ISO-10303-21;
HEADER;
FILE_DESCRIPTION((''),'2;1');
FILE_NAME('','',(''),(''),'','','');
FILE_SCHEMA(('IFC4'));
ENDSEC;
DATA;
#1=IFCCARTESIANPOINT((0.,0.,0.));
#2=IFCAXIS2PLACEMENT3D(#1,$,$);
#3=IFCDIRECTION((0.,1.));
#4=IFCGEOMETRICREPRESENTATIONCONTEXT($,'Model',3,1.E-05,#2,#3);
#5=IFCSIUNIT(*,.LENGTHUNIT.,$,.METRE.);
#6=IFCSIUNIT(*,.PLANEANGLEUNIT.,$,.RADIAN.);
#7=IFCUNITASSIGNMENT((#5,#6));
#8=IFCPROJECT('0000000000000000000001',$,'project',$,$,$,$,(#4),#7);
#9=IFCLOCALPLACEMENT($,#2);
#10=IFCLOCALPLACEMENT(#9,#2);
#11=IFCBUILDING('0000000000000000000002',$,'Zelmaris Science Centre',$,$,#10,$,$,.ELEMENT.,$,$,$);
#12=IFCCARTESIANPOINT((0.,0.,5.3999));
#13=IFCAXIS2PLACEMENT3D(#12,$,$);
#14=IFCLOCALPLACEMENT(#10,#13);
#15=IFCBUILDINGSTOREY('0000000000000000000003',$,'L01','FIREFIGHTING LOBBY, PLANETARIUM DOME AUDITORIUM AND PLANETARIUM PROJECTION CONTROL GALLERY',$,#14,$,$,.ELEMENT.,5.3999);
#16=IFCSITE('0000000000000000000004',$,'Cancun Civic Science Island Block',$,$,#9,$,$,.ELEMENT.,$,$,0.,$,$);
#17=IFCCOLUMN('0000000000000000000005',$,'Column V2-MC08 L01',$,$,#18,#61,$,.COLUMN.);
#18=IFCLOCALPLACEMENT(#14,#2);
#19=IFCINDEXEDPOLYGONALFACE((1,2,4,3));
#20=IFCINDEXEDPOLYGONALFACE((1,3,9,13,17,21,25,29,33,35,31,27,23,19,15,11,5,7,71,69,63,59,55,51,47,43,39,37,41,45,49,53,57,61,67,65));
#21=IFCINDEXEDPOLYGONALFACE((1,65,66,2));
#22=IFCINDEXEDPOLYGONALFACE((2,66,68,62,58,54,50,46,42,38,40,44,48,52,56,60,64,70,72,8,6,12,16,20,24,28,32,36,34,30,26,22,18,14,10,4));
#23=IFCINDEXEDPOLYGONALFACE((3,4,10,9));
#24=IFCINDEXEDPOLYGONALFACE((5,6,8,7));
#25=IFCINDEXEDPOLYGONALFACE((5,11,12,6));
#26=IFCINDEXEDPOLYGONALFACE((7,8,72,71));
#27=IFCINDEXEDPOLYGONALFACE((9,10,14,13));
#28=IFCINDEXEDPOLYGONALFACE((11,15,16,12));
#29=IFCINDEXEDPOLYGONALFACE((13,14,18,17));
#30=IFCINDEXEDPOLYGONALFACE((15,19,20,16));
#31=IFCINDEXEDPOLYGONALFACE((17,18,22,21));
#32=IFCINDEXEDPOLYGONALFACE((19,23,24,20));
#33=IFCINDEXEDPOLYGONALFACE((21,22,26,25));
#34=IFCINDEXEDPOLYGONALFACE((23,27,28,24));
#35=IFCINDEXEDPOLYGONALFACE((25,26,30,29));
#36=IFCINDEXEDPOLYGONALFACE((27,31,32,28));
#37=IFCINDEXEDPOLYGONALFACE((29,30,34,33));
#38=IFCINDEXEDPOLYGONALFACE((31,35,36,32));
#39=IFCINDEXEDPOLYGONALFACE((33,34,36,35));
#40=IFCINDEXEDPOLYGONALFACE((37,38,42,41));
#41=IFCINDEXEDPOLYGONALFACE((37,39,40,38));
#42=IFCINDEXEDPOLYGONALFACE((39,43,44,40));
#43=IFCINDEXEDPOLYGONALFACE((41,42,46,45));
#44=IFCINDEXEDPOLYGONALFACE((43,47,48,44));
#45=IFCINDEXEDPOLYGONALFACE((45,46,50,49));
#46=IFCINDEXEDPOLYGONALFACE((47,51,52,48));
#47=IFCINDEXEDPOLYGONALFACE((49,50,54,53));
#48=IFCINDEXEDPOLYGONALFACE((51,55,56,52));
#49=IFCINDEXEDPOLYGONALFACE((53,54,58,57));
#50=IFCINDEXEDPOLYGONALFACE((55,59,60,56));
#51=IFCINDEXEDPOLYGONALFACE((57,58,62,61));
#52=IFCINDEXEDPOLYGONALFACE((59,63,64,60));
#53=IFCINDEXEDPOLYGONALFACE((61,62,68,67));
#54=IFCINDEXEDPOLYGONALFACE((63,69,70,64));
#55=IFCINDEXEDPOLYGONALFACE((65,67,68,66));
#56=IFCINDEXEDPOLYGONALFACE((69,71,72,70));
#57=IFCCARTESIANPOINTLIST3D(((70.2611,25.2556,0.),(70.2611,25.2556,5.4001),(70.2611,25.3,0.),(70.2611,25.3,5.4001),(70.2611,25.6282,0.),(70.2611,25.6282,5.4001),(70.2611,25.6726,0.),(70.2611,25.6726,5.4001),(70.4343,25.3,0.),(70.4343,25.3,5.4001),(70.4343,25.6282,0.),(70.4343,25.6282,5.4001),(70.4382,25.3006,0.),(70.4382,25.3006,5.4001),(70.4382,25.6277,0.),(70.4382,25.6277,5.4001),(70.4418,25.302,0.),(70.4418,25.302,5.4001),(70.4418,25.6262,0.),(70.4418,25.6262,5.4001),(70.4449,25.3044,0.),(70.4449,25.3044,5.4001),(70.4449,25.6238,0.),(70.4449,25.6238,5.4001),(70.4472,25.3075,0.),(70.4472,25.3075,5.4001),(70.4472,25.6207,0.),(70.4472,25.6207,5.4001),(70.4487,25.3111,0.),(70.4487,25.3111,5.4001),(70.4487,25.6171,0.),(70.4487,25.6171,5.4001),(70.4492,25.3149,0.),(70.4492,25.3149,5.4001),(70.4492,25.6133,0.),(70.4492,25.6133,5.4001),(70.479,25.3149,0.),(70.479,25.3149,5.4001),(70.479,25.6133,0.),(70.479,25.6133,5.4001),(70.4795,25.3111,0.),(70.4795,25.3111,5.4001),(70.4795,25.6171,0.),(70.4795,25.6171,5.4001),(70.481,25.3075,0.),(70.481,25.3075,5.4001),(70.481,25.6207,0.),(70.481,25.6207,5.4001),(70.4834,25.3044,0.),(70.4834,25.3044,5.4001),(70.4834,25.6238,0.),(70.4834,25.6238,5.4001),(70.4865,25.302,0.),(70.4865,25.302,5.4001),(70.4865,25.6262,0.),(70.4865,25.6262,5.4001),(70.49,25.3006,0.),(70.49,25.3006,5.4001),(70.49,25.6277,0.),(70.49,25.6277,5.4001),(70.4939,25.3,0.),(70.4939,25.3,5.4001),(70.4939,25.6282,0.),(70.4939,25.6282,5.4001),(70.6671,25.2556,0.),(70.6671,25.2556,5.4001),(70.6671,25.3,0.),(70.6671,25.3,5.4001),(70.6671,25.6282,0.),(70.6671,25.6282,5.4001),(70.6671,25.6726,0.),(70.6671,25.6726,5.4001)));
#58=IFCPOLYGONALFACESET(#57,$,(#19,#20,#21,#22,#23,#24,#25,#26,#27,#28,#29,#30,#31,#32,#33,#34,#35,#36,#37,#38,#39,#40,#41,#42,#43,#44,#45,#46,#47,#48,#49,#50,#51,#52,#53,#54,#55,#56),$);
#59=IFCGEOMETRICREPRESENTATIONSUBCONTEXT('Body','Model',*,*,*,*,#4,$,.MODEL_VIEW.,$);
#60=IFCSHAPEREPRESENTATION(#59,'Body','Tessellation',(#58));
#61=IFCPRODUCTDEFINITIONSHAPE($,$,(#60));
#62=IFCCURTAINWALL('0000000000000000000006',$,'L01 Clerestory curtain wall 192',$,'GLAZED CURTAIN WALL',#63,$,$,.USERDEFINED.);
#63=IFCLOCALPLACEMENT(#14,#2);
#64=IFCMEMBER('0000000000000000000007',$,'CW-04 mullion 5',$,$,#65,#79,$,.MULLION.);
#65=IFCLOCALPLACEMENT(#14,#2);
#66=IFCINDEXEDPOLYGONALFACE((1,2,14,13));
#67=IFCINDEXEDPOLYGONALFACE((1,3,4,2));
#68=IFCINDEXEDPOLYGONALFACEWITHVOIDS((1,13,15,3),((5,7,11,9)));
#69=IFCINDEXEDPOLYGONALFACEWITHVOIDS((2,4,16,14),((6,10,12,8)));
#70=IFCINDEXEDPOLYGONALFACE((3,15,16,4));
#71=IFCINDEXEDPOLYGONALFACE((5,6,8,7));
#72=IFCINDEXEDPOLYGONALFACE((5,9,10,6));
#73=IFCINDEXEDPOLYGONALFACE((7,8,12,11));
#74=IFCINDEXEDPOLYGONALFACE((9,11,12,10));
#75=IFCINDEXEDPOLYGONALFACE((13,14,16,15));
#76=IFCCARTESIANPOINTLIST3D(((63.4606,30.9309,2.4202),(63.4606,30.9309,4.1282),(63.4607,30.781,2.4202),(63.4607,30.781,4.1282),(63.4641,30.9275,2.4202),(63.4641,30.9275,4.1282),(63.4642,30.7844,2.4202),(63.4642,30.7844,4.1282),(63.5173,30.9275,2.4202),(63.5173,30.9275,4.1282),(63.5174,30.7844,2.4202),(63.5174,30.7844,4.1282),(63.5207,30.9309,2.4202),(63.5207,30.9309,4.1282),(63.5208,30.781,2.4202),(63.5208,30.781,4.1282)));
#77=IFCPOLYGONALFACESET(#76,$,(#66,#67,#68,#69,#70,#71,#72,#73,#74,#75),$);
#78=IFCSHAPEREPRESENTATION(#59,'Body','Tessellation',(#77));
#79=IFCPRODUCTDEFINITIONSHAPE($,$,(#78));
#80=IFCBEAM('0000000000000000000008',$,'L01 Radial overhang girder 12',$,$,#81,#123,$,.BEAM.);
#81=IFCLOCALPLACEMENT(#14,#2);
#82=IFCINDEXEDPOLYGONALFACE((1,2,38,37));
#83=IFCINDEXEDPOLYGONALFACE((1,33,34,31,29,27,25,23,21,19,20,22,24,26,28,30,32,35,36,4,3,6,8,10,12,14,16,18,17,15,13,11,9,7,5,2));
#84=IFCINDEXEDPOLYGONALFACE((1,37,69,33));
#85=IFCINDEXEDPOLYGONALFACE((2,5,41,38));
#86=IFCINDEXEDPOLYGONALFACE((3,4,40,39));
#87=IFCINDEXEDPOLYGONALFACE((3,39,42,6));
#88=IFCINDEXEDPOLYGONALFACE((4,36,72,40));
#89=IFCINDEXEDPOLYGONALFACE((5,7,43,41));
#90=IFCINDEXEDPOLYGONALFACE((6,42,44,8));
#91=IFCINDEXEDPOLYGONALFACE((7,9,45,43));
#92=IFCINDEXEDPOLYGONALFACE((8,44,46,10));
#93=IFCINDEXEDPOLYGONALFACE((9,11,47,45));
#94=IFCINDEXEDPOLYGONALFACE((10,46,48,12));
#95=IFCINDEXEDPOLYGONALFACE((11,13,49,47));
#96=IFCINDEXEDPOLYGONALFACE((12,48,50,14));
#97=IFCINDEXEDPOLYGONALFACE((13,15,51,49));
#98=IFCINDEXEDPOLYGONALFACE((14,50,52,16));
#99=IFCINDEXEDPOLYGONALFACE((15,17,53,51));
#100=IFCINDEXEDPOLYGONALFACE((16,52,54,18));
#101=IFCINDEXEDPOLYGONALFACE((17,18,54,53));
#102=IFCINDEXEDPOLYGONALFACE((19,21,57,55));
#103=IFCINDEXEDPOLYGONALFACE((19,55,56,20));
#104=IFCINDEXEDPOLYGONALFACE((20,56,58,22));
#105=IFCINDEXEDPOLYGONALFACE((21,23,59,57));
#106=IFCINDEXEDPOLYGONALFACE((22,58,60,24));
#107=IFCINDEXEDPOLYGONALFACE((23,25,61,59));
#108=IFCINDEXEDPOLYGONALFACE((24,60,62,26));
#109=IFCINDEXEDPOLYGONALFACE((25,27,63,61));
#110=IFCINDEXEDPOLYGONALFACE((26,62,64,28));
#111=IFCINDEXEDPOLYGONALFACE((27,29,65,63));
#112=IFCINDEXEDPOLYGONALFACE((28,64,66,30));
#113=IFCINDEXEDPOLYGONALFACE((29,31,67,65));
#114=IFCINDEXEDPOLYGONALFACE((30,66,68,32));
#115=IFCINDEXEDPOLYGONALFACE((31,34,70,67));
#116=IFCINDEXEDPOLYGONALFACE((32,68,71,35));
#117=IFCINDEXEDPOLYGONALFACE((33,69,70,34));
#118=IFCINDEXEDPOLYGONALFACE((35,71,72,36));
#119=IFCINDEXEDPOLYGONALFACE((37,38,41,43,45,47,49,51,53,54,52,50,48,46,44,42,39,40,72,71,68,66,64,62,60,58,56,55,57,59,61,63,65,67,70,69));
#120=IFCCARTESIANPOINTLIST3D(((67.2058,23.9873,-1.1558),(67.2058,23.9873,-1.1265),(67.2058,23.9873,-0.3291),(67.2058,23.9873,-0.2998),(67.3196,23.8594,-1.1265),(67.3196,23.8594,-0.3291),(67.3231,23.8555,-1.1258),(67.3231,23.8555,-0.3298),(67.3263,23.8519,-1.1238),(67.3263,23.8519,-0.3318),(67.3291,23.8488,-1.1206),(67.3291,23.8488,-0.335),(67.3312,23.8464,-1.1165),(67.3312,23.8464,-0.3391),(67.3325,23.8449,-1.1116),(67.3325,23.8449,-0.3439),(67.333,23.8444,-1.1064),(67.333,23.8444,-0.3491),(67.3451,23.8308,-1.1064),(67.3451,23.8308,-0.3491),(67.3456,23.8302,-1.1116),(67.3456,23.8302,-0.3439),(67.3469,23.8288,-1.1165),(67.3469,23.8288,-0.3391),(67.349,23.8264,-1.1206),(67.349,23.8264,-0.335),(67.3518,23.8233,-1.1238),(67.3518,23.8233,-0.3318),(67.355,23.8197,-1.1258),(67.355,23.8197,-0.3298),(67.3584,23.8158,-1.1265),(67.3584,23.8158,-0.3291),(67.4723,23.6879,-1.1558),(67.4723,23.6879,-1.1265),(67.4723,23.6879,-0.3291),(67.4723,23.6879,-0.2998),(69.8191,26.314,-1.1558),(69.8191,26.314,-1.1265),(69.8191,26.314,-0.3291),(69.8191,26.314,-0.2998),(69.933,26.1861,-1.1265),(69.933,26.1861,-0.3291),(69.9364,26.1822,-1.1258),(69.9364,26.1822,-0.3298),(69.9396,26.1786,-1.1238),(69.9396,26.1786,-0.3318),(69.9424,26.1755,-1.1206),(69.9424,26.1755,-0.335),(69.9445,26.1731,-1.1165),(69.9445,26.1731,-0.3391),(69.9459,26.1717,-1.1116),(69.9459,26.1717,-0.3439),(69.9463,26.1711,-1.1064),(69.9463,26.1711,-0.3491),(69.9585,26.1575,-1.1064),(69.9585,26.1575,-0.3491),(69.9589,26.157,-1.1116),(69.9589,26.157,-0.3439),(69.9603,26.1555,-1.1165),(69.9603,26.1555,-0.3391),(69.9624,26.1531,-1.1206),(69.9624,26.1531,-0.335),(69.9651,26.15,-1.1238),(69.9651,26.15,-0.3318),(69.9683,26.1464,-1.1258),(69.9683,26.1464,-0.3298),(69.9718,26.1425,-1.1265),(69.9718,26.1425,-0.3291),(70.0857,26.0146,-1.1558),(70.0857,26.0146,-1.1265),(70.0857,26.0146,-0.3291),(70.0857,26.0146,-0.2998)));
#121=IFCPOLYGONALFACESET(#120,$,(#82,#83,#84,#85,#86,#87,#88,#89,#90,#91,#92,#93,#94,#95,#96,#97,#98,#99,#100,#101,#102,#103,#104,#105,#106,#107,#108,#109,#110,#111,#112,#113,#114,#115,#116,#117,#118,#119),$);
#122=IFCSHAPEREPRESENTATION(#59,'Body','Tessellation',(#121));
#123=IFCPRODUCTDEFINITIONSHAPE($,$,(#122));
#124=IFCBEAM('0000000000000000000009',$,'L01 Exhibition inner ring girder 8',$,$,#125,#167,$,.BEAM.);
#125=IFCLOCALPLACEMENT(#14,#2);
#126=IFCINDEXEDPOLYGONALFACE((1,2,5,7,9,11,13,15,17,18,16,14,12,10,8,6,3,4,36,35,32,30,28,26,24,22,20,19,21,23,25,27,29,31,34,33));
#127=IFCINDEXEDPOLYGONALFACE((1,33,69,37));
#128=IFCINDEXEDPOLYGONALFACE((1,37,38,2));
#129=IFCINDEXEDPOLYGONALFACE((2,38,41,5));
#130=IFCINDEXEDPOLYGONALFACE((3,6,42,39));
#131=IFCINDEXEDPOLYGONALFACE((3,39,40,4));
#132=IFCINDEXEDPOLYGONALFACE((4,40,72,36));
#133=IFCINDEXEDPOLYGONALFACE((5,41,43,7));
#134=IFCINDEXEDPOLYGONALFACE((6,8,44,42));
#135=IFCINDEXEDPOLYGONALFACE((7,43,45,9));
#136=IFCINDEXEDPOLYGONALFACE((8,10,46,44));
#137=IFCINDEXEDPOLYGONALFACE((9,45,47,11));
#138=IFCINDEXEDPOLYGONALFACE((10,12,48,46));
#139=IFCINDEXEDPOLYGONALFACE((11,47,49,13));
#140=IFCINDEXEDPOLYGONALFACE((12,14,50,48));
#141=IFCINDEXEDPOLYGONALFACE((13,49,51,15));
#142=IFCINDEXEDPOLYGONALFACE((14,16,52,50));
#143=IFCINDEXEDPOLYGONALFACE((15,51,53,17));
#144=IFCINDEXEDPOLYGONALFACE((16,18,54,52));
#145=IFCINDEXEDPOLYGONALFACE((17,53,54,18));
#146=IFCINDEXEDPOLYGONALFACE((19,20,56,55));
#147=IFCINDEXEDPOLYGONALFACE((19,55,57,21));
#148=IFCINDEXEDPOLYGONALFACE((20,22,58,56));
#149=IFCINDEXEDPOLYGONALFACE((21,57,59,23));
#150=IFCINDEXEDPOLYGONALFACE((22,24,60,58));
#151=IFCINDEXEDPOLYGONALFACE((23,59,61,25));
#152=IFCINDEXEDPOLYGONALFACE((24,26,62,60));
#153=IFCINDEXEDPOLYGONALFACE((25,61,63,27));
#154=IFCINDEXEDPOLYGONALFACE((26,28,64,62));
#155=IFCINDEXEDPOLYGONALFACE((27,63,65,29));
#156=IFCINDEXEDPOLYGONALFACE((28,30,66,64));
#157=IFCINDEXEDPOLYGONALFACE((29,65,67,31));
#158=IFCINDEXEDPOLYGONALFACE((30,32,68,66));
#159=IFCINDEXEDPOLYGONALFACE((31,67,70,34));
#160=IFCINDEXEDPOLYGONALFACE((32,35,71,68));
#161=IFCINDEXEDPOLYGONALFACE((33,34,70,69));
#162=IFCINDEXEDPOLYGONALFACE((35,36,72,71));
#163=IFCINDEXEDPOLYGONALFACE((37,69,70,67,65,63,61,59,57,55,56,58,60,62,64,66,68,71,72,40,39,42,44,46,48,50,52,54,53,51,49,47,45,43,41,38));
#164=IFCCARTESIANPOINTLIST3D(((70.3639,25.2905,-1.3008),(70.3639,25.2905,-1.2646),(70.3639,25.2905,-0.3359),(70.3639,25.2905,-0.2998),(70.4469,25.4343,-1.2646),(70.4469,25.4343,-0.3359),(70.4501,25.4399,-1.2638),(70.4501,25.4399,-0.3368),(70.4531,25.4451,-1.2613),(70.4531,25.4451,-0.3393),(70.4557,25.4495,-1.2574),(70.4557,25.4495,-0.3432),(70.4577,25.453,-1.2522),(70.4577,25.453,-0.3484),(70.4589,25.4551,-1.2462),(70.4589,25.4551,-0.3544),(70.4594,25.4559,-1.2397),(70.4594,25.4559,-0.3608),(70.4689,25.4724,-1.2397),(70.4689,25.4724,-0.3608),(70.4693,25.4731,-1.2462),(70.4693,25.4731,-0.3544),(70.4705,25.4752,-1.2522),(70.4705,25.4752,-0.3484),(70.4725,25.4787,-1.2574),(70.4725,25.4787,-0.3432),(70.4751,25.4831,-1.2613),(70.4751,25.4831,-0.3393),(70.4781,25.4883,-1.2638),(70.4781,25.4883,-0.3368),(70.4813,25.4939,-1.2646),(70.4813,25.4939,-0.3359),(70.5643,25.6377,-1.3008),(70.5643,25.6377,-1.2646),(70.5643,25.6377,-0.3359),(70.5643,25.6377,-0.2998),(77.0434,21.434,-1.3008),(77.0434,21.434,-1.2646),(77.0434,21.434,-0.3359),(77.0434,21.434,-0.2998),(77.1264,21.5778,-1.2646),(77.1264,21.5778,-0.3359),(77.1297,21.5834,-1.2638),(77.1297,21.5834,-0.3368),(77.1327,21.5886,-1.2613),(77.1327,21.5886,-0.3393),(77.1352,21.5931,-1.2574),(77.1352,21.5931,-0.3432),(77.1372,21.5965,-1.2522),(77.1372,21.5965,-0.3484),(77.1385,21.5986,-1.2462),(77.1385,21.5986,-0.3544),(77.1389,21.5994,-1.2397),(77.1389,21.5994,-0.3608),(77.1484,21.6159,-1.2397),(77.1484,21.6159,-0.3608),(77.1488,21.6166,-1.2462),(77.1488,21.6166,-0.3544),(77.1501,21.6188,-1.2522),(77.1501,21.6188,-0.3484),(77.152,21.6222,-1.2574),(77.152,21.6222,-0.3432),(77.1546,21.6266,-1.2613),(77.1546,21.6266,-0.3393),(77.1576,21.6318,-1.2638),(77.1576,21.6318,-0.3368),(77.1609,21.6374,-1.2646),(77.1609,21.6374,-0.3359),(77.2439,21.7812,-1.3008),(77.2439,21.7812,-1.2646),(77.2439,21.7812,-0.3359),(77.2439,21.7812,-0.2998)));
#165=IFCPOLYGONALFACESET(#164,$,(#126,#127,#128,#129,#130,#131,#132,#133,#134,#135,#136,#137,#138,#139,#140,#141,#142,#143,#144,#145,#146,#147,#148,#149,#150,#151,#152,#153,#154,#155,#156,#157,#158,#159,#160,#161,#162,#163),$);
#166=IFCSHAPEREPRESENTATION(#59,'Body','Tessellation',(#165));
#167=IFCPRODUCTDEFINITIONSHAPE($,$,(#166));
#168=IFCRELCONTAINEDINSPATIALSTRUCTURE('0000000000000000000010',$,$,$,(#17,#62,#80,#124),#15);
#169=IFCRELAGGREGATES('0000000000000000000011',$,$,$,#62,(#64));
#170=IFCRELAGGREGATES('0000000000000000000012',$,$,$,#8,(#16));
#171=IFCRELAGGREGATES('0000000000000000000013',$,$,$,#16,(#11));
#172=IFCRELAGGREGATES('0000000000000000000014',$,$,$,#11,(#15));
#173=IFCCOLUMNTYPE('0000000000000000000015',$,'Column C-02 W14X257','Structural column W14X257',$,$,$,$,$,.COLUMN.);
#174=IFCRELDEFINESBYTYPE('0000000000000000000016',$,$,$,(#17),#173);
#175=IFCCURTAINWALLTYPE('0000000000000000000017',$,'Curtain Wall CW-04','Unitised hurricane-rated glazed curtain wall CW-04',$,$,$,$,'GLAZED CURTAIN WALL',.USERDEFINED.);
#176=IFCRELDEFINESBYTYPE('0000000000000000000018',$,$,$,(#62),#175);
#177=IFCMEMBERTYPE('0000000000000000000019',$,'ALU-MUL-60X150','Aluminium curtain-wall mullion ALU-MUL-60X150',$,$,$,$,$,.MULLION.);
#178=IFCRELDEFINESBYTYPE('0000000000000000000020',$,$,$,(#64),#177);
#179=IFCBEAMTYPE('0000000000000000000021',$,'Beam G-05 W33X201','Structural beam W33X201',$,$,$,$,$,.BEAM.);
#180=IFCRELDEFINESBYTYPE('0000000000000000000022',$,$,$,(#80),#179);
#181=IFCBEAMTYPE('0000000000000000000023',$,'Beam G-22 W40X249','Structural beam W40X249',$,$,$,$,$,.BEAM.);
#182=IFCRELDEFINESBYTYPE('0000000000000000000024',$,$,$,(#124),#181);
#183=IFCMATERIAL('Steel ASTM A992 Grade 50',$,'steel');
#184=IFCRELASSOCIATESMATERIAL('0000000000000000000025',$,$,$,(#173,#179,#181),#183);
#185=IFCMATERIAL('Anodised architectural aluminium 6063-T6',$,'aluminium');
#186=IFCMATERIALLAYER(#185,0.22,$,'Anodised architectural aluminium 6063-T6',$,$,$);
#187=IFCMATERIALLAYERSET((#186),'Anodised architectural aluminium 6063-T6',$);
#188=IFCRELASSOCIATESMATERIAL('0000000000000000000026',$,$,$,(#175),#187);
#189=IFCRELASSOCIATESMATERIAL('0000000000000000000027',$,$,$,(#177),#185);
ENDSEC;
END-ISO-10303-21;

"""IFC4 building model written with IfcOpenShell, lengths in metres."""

from ifc_helpers import new_model, si_unit, direction, frame, origin, origin_2d, place, context, subcontext, project, spatial, hollow_rectangle, i_section, extrude, material, layer, layer_set, material_profile, profile_set, type_object, element, aggregate, save


model = new_model("IFC4")

# Units and contexts
model_context = context("Model", 3, precision=1e-05, world=origin(), true_north=direction((0.0, 1.0)))
body_context = subcontext(model_context, "Body", "Model", "MODEL_VIEW")
ifc_project = project(units=[si_unit("LENGTHUNIT", "METRE"), si_unit("PLANEANGLEUNIT", "RADIAN")], contexts=[model_context])

# Site, building, storey
site_placement = place(None, origin())
site = spatial("IfcSite", under=ifc_project, at=site_placement, Name="Cancun Civic Science Island Block", CompositionType="ELEMENT", RefElevation=0.0)
building_placement = place(site_placement, origin())
building = spatial("IfcBuilding", under=site, at=building_placement, Name="Zelmaris Science Centre", CompositionType="ELEMENT")
storey_placement = place(building_placement, frame((0.0, 0.0, 5.3999)))
storey = spatial("IfcBuildingStorey", under=building, at=storey_placement, Name="L01", Description="FIREFIGHTING LOBBY, PLANETARIUM DOME AUDITORIUM AND PLANETARIUM PROJECTION CONTROL GALLERY", CompositionType="ELEMENT", Elevation=5.3999)

# Column
ifc_material_1 = material(Name="Steel ASTM A992 Grade 50", Category="steel")
ifc_material_profile_1 = material_profile(ifc_material_1, i_section(OverallWidth=0.406, OverallDepth=0.417, WebThickness=0.0298, FlangeThickness=0.0444, FilletRadius=0.0149, at=origin_2d()), Name="W14X257")
ifc_profile_set_1 = profile_set([ifc_material_profile_1], Name="Steel ASTM A992 Grade 50")
column_type = type_object("IfcColumnType", Name="Column C-02 W14X257", Description="Structural column W14X257", PredefinedType="COLUMN", material=ifc_profile_set_1)
column_placement = place(storey_placement, frame((70.4641, 25.4641, 0.0), z_axis=(0.0, 0.0, 1.0), x_axis=(1.0, 0.0, 0.0)))
element("IfcColumn", 1, at=column_placement, inside=storey, type_object=column_type, Name="Column V2-MC08 L01", PredefinedType="COLUMN", context=body_context, shape_type="SweptSolid", body=[
    extrude(i_section(OverallWidth=0.406, OverallDepth=0.417, WebThickness=0.0298, FlangeThickness=0.0444, FilletRadius=0.0149, at=origin_2d()), origin(), (0.0, 0.0, 1.0), 5.4001),
])

# Curtain wall, member
ifc_material_2 = material(Name="Anodised architectural aluminium 6063-T6", Category="aluminium")
ifc_layer_1 = layer(ifc_material_2, 0.22, Name="Anodised architectural aluminium 6063-T6")
ifc_layer_set_1 = layer_set([ifc_layer_1], Name="Anodised architectural aluminium 6063-T6")
curtain_wall_type = type_object("IfcCurtainWallType", Name="Curtain Wall CW-04", Description="Unitised hurricane-rated glazed curtain wall CW-04", ElementType="GLAZED CURTAIN WALL", PredefinedType="USERDEFINED", material=ifc_layer_set_1)
curtain_wall_placement = place(storey_placement, origin())
curtain_wall = element("IfcCurtainWall", 2, at=curtain_wall_placement, inside=storey, type_object=curtain_wall_type, Name="L01 Clerestory curtain wall 192", ObjectType="GLAZED CURTAIN WALL", PredefinedType="USERDEFINED")
ifc_material_profile_2 = material_profile(ifc_material_2, hollow_rectangle(XDim=0.0601, YDim=0.1499, WallThickness=0.0034, at=origin_2d()), Name="ALU-MUL-60X150")
ifc_profile_set_2 = profile_set([ifc_material_profile_2], Name="Anodised architectural aluminium 6063-T6")
member_type = type_object("IfcMemberType", Name="ALU-MUL-60X150", Description="Aluminium curtain-wall mullion ALU-MUL-60X150", PredefinedType="MULLION", material=ifc_profile_set_2)
member_placement = place(storey_placement, frame((63.4907, 30.856, 2.4202), z_axis=(0.0, 0.0, 1.0), x_axis=(1.0, 0.000621, 0.0)))
member = element("IfcMember", 3, at=member_placement, type_object=member_type, Name="CW-04 mullion 5", PredefinedType="MULLION", context=body_context, shape_type="SweptSolid", body=[
    extrude(hollow_rectangle(XDim=0.0601, YDim=0.1499, WallThickness=0.0034, at=origin_2d()), origin(), (0.0, 0.0, 1.0), 1.708),
])

# Beams
ifc_material_profile_3 = material_profile(ifc_material_1, i_section(OverallWidth=0.4009, OverallDepth=0.856, WebThickness=0.0183, FlangeThickness=0.0293, FilletRadius=0.02, at=origin_2d()), Name="W33X201")
ifc_profile_set_3 = profile_set([ifc_material_profile_3], Name="Steel ASTM A992 Grade 50")
beam_type_1 = type_object("IfcBeamType", Name="Beam G-05 W33X201", Description="Structural beam W33X201", PredefinedType="BEAM", material=ifc_profile_set_3)
beam_1_placement = place(storey_placement, frame((69.9524, 26.1643, -0.7278), z_axis=(-0.746878, -0.664961, 0.0), x_axis=(0.664961, -0.746878, 0.0)))
element("IfcBeam", 4, at=beam_1_placement, inside=storey, type_object=beam_type_1, Name="L01 Radial overhang girder 12", PredefinedType="BEAM", context=body_context, shape_type="SweptSolid", body=[
    extrude(i_section(OverallWidth=0.4009, OverallDepth=0.856, WebThickness=0.0183, FlangeThickness=0.0293, FilletRadius=0.02, at=origin_2d()), origin(), (0.0, 0.0, 1.0), 3.499),
])
ifc_material_profile_4 = material_profile(ifc_material_1, i_section(OverallWidth=0.4009, OverallDepth=1.001, WebThickness=0.019, FlangeThickness=0.0361, FilletRadius=0.0249, at=origin_2d()), Name="W40X249")
ifc_profile_set_4 = profile_set([ifc_material_profile_4], Name="Steel ASTM A992 Grade 50")
beam_type_2 = type_object("IfcBeamType", Name="Beam G-22 W40X249", Description="Structural beam W40X249", PredefinedType="BEAM", material=ifc_profile_set_4)
beam_2_placement = place(storey_placement, frame((70.4641, 25.4641, -0.8003), z_axis=(0.866022, -0.500007, 0.0), x_axis=(0.500007, 0.866022, 0.0)))
element("IfcBeam", 5, at=beam_2_placement, inside=storey, type_object=beam_type_2, Name="L01 Exhibition inner ring girder 8", PredefinedType="BEAM", context=body_context, shape_type="SweptSolid", body=[
    extrude(i_section(OverallWidth=0.4009, OverallDepth=1.001, WebThickness=0.019, FlangeThickness=0.0361, FilletRadius=0.0249, at=origin_2d()), origin(), (0.0, 0.0, 1.0), 7.7129),
])

aggregate(curtain_wall, [member])

save(model, "model.ifc")
